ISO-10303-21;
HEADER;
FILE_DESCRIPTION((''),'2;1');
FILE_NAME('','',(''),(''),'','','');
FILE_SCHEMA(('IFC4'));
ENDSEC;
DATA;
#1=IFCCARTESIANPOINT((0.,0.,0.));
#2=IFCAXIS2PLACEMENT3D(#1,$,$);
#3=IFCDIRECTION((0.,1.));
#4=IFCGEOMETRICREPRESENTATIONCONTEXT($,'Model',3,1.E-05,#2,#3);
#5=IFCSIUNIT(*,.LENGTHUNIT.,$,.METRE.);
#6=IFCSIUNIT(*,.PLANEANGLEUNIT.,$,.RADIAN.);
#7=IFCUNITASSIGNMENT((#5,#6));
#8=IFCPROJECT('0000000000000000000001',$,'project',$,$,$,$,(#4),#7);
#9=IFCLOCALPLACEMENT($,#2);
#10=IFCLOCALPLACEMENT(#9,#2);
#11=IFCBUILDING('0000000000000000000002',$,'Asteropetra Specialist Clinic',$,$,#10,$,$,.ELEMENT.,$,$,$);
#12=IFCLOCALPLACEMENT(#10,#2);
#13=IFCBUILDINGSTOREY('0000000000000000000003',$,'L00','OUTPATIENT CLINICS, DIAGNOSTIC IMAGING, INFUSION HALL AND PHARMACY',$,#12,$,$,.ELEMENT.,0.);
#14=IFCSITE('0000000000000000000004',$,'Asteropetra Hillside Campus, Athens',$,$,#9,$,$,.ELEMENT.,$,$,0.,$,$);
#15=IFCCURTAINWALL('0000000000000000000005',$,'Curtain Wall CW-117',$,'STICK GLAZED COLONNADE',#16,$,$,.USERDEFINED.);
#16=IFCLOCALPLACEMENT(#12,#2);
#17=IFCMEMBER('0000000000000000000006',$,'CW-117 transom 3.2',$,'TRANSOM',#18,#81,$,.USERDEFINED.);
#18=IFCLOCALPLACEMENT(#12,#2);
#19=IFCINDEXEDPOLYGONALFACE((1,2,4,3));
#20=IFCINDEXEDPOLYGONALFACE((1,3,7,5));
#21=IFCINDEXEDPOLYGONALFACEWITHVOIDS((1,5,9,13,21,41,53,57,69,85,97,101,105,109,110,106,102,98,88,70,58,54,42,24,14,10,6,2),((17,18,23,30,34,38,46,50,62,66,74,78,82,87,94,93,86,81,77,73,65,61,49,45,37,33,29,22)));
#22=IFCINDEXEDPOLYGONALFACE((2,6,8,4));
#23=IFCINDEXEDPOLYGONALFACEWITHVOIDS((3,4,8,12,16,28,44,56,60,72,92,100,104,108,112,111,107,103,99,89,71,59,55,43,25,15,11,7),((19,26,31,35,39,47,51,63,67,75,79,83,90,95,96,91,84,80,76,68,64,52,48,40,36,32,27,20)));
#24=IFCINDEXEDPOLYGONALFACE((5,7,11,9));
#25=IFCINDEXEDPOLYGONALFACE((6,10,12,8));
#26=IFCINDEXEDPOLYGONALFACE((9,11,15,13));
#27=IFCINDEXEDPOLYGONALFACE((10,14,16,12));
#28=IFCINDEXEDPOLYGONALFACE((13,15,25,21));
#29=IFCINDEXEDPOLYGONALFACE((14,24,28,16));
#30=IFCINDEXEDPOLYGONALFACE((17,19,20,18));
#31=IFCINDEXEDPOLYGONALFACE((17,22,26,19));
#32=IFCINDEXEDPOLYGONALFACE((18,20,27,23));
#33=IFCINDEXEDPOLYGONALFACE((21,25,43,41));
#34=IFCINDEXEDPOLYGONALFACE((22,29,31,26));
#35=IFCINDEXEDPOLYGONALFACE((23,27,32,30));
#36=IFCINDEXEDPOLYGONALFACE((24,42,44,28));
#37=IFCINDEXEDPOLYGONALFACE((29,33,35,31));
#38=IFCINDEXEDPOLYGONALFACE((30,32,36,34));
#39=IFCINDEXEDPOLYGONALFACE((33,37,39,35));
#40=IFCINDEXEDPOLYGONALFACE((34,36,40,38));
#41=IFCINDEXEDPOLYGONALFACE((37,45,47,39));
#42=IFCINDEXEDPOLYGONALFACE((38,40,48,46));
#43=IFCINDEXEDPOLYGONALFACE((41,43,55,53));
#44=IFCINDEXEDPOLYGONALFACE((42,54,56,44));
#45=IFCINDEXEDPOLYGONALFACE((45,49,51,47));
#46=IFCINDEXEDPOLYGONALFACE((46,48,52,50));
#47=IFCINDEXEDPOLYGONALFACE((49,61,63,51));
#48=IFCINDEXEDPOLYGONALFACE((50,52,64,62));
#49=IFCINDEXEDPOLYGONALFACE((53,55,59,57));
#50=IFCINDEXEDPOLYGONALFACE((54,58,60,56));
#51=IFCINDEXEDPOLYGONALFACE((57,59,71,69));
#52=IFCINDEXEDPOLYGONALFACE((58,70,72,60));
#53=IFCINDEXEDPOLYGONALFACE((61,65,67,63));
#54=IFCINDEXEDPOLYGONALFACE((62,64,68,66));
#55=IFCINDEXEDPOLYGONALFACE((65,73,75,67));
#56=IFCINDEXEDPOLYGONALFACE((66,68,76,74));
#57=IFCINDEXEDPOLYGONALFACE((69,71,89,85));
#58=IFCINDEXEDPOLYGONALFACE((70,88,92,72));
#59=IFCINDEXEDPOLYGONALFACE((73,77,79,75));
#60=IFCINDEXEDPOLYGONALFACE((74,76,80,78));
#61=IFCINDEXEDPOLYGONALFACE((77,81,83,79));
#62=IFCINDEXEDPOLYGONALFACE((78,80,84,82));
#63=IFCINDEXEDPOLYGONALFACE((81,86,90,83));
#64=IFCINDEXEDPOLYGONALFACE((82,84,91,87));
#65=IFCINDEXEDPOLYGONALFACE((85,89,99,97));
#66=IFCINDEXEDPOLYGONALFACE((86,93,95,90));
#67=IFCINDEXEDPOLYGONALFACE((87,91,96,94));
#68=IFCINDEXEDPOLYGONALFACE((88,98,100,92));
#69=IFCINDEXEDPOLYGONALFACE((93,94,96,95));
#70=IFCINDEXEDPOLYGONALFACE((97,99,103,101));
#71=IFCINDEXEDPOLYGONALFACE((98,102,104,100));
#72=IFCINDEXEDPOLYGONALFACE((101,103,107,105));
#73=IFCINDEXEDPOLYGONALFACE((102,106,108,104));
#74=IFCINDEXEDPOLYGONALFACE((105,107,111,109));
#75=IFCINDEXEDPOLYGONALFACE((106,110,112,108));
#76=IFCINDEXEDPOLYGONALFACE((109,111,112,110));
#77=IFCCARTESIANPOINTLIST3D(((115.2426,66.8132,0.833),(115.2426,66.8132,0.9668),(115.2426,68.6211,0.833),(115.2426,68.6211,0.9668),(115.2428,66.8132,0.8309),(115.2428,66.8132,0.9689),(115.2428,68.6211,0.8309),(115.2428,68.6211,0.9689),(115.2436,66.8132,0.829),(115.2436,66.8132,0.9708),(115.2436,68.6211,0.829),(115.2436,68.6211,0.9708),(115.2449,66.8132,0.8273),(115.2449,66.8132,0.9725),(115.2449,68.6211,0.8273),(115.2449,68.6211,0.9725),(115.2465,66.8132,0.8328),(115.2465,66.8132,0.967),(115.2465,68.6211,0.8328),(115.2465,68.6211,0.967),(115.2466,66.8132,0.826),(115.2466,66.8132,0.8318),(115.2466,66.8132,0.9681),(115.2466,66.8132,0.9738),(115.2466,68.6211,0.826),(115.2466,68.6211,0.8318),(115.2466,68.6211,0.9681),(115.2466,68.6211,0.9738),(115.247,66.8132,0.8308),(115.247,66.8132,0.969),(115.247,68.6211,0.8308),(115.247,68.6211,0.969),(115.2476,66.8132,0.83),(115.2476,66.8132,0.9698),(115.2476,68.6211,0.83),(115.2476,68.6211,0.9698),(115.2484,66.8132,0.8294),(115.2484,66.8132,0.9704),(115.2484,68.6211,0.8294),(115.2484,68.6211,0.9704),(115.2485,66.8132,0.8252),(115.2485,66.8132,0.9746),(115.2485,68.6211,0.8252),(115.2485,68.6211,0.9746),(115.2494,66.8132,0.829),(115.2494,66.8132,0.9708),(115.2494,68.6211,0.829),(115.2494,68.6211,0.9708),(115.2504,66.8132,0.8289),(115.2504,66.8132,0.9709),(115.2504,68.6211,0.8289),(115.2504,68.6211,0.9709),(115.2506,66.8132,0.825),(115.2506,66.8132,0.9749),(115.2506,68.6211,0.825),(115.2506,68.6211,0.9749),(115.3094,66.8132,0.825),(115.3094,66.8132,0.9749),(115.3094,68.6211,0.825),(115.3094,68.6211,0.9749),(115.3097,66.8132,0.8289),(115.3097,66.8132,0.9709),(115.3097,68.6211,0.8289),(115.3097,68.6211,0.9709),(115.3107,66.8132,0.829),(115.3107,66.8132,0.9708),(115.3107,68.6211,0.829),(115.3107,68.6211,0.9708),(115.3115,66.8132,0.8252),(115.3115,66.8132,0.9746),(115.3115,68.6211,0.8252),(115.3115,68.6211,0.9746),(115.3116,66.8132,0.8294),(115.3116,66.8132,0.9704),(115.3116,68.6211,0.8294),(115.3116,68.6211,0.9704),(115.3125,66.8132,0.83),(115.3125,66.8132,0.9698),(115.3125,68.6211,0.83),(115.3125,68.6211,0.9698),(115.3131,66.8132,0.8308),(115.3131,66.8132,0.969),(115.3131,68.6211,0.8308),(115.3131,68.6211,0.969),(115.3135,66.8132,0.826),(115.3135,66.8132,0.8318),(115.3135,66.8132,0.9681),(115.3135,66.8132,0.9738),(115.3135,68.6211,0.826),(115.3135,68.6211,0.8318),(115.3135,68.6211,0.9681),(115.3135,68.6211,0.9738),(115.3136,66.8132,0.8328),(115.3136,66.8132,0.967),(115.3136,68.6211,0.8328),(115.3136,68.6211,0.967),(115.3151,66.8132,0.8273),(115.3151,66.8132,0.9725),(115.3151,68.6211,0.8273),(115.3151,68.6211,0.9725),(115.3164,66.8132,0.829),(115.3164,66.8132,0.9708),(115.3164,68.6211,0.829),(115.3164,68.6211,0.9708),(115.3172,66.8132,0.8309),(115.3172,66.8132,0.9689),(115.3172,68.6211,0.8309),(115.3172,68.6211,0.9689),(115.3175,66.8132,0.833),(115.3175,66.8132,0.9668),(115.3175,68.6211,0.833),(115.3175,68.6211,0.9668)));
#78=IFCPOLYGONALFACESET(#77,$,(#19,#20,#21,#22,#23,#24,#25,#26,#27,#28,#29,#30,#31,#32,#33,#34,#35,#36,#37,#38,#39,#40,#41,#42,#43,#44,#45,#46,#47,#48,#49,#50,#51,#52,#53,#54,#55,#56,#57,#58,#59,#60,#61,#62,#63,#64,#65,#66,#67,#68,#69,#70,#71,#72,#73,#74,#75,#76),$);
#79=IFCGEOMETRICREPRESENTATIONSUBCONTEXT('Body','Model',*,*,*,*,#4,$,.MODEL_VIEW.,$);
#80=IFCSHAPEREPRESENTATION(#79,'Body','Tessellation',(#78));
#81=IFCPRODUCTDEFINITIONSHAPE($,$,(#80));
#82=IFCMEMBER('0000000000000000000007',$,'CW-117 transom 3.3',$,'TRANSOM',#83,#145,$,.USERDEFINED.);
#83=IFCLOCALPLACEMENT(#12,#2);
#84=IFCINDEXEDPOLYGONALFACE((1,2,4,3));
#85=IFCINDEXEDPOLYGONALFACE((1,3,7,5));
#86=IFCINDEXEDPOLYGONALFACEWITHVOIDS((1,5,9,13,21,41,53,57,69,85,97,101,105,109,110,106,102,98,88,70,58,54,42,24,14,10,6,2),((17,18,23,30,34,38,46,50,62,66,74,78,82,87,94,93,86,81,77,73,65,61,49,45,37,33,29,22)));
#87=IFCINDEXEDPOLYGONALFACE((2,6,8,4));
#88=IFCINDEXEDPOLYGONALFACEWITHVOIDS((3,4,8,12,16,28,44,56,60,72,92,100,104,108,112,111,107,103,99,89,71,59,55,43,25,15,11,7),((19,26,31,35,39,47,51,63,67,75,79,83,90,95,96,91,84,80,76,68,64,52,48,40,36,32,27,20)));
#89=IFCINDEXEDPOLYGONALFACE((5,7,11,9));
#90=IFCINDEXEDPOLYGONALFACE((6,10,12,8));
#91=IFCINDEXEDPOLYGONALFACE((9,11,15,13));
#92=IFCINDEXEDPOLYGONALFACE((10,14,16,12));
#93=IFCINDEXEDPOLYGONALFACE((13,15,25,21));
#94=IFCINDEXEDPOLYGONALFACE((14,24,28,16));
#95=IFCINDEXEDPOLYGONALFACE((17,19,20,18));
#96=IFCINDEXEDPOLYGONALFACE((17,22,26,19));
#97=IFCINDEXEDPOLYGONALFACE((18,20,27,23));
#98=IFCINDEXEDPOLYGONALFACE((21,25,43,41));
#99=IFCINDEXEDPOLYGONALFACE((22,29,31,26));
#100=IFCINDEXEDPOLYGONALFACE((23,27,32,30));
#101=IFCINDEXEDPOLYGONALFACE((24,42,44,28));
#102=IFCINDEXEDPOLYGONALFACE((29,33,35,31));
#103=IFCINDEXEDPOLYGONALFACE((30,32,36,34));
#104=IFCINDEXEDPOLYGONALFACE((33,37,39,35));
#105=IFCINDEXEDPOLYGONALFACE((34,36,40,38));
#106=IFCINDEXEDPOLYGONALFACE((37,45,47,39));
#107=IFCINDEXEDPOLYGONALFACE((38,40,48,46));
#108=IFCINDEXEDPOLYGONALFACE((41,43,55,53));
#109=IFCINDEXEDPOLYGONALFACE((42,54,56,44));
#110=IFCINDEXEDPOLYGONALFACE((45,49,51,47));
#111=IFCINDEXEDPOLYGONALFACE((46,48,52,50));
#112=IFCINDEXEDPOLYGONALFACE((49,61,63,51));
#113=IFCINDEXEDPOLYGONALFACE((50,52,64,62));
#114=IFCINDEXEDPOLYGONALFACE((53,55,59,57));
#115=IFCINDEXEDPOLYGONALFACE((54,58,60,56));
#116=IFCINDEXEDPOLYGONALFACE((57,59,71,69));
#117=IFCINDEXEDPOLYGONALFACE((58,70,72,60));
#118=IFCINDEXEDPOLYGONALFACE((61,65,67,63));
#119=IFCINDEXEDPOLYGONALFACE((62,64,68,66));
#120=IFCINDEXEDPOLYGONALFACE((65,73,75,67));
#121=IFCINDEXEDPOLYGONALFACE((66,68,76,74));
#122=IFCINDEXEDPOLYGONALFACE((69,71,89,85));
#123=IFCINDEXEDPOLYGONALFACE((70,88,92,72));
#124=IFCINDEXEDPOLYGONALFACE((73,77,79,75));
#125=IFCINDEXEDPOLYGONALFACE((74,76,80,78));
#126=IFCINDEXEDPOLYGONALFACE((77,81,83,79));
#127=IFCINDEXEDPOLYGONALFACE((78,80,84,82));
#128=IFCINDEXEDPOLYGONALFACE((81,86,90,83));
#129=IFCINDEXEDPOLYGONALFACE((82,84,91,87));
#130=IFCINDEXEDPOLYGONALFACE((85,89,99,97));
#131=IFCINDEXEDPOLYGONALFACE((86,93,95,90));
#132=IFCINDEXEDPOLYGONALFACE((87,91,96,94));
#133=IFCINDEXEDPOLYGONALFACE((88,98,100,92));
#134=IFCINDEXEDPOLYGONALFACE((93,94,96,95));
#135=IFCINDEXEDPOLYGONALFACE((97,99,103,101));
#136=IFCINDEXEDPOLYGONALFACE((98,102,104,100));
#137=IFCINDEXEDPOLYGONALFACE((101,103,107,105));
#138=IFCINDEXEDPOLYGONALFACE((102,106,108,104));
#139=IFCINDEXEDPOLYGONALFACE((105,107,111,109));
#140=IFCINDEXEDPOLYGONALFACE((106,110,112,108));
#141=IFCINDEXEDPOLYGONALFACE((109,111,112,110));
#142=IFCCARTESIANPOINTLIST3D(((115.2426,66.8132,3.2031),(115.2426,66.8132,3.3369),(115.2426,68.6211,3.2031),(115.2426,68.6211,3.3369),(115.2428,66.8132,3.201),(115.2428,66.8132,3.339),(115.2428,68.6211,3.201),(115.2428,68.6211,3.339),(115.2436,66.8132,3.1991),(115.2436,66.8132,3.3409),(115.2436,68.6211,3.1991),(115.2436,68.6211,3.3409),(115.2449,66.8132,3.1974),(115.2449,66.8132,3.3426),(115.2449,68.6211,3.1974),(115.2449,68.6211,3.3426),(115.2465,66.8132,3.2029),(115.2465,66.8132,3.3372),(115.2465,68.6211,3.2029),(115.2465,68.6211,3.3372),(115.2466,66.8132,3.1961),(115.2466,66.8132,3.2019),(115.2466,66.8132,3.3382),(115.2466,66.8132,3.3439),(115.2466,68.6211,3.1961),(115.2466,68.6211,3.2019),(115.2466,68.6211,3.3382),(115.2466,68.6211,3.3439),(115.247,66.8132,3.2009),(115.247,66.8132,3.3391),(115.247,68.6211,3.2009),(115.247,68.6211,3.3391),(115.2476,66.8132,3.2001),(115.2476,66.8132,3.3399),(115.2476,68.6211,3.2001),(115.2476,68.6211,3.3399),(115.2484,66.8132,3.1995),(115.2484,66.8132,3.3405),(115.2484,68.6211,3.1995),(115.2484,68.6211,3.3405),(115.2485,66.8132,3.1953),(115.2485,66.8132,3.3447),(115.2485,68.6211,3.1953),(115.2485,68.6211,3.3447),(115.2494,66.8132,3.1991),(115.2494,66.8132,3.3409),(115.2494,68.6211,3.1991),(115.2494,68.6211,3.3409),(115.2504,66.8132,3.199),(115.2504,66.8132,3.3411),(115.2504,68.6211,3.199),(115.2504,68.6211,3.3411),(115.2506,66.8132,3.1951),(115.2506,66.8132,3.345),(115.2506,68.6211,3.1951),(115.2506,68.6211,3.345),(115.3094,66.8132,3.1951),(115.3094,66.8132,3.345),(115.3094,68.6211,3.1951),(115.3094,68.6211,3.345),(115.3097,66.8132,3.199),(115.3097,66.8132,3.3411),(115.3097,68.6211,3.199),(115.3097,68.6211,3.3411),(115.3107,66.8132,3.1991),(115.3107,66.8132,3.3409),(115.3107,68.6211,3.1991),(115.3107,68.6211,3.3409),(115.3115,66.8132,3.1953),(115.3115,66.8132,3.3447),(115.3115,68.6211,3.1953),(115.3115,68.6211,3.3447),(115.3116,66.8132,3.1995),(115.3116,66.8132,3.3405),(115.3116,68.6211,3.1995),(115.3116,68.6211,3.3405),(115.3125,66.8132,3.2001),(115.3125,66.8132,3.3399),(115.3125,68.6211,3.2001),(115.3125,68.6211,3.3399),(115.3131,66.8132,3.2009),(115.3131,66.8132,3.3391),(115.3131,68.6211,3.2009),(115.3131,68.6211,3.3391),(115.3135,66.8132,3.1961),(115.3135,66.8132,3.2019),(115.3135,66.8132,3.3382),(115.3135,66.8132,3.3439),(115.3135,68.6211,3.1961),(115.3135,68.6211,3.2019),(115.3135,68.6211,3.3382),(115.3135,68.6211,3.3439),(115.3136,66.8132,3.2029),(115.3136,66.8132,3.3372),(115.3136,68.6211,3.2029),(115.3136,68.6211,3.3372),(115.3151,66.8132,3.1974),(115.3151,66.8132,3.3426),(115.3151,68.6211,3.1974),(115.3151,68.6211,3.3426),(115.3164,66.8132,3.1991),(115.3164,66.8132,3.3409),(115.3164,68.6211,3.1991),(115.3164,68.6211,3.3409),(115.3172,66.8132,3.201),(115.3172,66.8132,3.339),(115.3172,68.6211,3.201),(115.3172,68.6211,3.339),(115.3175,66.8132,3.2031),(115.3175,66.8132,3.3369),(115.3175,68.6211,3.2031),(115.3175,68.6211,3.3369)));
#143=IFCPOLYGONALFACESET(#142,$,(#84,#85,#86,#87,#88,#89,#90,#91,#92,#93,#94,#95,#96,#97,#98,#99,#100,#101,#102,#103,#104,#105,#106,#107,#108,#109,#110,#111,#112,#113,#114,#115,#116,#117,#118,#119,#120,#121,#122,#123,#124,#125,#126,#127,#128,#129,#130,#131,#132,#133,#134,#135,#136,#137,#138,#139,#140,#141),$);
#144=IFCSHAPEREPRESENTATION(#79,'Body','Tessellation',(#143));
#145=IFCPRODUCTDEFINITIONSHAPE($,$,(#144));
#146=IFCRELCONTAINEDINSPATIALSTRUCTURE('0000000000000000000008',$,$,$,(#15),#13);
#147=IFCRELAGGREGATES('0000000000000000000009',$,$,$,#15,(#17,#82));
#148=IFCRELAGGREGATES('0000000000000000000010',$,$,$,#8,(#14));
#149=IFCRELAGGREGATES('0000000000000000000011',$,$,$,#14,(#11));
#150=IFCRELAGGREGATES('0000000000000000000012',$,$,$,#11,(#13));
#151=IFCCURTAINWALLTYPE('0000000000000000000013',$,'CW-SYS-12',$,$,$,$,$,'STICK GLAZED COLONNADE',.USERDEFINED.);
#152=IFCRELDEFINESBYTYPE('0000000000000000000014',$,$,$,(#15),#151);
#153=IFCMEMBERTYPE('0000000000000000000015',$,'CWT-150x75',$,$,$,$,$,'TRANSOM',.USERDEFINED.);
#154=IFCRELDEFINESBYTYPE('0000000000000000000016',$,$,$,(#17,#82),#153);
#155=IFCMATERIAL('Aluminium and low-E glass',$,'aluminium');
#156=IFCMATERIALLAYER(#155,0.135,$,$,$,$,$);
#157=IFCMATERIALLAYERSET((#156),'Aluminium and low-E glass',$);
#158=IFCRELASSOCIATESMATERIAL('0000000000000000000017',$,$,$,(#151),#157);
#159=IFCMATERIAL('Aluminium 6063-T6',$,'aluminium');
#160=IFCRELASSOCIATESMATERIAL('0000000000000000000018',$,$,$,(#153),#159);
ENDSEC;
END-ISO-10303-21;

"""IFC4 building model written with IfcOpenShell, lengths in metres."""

from ifc_helpers import new_model, si_unit, direction, frame, origin, origin_2d, place, context, subcontext, project, spatial, hollow_rectangle, extrude, material, layer, layer_set, material_profile, profile_set, type_object, element, aggregate, save


model = new_model("IFC4")

# Units and contexts
model_context = context("Model", 3, precision=1e-05, world=origin(), true_north=direction((0.0, 1.0)))
body_context = subcontext(model_context, "Body", "Model", "MODEL_VIEW")
ifc_project = project(units=[si_unit("LENGTHUNIT", "METRE"), si_unit("PLANEANGLEUNIT", "RADIAN")], contexts=[model_context])

# Site, building, storey
site_placement = place(None, origin())
site = spatial("IfcSite", under=ifc_project, at=site_placement, Name="Asteropetra Hillside Campus, Athens", CompositionType="ELEMENT", RefElevation=0.0)
building_placement = place(site_placement, origin())
building = spatial("IfcBuilding", under=site, at=building_placement, Name="Asteropetra Specialist Clinic", CompositionType="ELEMENT")
storey_placement = place(building_placement, origin())
storey = spatial("IfcBuildingStorey", under=building, at=storey_placement, Name="L00", Description="OUTPATIENT CLINICS, DIAGNOSTIC IMAGING, INFUSION HALL AND PHARMACY", CompositionType="ELEMENT", Elevation=0.0)

# Curtain wall, members
ifc_material_1 = material(Name="Aluminium and low-E glass", Category="aluminium")
ifc_layer_1 = layer(ifc_material_1, 0.135)
ifc_layer_set_1 = layer_set([ifc_layer_1], Name="Aluminium and low-E glass")
curtain_wall_type = type_object("IfcCurtainWallType", Name="CW-SYS-12", ElementType="STICK GLAZED COLONNADE", PredefinedType="USERDEFINED", material=ifc_layer_set_1)
curtain_wall_placement = place(storey_placement, origin())
curtain_wall = element("IfcCurtainWall", 1, at=curtain_wall_placement, inside=storey, type_object=curtain_wall_type, Name="Curtain Wall CW-117", ObjectType="STICK GLAZED COLONNADE", PredefinedType="USERDEFINED")
ifc_material_2 = material(Name="Aluminium 6063-T6", Category="aluminium")
ifc_material_profile_1 = material_profile(ifc_material_2, hollow_rectangle(XDim=0.075, YDim=0.1499, WallThickness=0.0039, InnerFilletRadius=0.0039, OuterFilletRadius=0.0081, at=origin_2d()), Name="TRN 150x75x4.0")
ifc_profile_set_1 = profile_set([ifc_material_profile_1], Name="Aluminium 6063-T6")
member_type_1 = type_object("IfcMemberType", Name="CWT-150x75", ElementType="TRANSOM", PredefinedType="USERDEFINED", material=ifc_profile_set_1)
member_1_placement = place(storey_placement, frame((115.28, 66.8132, 0.8999), z_axis=(0.0, 1.0, 0.0), x_axis=(-1.0, 0.0, 0.0)))
member_1 = element("IfcMember", 2, at=member_1_placement, type_object=member_type_1, Name="CW-117 transom 3.2", ObjectType="TRANSOM", PredefinedType="USERDEFINED", context=body_context, shape_type="SweptSolid", body=[
    extrude(hollow_rectangle(XDim=0.075, YDim=0.1499, WallThickness=0.0039, InnerFilletRadius=0.0039, OuterFilletRadius=0.0081, at=origin_2d()), origin(), (0.0, 0.0, 1.0), 1.8079),
])
member_2_placement = place(storey_placement, frame((115.28, 66.8132, 3.27), z_axis=(0.0, 1.0, 0.0), x_axis=(-1.0, 0.0, 0.0)))
member_2 = element("IfcMember", 3, at=member_2_placement, type_object=member_type_1, Name="CW-117 transom 3.3", ObjectType="TRANSOM", PredefinedType="USERDEFINED", context=body_context, shape_type="SweptSolid", body=[
    extrude(hollow_rectangle(XDim=0.075, YDim=0.1499, WallThickness=0.0039, InnerFilletRadius=0.0039, OuterFilletRadius=0.0081, at=origin_2d()), origin(), (0.0, 0.0, 1.0), 1.8079),
])
aggregate(curtain_wall, [member_1, member_2])

save(model, "model.ifc")
